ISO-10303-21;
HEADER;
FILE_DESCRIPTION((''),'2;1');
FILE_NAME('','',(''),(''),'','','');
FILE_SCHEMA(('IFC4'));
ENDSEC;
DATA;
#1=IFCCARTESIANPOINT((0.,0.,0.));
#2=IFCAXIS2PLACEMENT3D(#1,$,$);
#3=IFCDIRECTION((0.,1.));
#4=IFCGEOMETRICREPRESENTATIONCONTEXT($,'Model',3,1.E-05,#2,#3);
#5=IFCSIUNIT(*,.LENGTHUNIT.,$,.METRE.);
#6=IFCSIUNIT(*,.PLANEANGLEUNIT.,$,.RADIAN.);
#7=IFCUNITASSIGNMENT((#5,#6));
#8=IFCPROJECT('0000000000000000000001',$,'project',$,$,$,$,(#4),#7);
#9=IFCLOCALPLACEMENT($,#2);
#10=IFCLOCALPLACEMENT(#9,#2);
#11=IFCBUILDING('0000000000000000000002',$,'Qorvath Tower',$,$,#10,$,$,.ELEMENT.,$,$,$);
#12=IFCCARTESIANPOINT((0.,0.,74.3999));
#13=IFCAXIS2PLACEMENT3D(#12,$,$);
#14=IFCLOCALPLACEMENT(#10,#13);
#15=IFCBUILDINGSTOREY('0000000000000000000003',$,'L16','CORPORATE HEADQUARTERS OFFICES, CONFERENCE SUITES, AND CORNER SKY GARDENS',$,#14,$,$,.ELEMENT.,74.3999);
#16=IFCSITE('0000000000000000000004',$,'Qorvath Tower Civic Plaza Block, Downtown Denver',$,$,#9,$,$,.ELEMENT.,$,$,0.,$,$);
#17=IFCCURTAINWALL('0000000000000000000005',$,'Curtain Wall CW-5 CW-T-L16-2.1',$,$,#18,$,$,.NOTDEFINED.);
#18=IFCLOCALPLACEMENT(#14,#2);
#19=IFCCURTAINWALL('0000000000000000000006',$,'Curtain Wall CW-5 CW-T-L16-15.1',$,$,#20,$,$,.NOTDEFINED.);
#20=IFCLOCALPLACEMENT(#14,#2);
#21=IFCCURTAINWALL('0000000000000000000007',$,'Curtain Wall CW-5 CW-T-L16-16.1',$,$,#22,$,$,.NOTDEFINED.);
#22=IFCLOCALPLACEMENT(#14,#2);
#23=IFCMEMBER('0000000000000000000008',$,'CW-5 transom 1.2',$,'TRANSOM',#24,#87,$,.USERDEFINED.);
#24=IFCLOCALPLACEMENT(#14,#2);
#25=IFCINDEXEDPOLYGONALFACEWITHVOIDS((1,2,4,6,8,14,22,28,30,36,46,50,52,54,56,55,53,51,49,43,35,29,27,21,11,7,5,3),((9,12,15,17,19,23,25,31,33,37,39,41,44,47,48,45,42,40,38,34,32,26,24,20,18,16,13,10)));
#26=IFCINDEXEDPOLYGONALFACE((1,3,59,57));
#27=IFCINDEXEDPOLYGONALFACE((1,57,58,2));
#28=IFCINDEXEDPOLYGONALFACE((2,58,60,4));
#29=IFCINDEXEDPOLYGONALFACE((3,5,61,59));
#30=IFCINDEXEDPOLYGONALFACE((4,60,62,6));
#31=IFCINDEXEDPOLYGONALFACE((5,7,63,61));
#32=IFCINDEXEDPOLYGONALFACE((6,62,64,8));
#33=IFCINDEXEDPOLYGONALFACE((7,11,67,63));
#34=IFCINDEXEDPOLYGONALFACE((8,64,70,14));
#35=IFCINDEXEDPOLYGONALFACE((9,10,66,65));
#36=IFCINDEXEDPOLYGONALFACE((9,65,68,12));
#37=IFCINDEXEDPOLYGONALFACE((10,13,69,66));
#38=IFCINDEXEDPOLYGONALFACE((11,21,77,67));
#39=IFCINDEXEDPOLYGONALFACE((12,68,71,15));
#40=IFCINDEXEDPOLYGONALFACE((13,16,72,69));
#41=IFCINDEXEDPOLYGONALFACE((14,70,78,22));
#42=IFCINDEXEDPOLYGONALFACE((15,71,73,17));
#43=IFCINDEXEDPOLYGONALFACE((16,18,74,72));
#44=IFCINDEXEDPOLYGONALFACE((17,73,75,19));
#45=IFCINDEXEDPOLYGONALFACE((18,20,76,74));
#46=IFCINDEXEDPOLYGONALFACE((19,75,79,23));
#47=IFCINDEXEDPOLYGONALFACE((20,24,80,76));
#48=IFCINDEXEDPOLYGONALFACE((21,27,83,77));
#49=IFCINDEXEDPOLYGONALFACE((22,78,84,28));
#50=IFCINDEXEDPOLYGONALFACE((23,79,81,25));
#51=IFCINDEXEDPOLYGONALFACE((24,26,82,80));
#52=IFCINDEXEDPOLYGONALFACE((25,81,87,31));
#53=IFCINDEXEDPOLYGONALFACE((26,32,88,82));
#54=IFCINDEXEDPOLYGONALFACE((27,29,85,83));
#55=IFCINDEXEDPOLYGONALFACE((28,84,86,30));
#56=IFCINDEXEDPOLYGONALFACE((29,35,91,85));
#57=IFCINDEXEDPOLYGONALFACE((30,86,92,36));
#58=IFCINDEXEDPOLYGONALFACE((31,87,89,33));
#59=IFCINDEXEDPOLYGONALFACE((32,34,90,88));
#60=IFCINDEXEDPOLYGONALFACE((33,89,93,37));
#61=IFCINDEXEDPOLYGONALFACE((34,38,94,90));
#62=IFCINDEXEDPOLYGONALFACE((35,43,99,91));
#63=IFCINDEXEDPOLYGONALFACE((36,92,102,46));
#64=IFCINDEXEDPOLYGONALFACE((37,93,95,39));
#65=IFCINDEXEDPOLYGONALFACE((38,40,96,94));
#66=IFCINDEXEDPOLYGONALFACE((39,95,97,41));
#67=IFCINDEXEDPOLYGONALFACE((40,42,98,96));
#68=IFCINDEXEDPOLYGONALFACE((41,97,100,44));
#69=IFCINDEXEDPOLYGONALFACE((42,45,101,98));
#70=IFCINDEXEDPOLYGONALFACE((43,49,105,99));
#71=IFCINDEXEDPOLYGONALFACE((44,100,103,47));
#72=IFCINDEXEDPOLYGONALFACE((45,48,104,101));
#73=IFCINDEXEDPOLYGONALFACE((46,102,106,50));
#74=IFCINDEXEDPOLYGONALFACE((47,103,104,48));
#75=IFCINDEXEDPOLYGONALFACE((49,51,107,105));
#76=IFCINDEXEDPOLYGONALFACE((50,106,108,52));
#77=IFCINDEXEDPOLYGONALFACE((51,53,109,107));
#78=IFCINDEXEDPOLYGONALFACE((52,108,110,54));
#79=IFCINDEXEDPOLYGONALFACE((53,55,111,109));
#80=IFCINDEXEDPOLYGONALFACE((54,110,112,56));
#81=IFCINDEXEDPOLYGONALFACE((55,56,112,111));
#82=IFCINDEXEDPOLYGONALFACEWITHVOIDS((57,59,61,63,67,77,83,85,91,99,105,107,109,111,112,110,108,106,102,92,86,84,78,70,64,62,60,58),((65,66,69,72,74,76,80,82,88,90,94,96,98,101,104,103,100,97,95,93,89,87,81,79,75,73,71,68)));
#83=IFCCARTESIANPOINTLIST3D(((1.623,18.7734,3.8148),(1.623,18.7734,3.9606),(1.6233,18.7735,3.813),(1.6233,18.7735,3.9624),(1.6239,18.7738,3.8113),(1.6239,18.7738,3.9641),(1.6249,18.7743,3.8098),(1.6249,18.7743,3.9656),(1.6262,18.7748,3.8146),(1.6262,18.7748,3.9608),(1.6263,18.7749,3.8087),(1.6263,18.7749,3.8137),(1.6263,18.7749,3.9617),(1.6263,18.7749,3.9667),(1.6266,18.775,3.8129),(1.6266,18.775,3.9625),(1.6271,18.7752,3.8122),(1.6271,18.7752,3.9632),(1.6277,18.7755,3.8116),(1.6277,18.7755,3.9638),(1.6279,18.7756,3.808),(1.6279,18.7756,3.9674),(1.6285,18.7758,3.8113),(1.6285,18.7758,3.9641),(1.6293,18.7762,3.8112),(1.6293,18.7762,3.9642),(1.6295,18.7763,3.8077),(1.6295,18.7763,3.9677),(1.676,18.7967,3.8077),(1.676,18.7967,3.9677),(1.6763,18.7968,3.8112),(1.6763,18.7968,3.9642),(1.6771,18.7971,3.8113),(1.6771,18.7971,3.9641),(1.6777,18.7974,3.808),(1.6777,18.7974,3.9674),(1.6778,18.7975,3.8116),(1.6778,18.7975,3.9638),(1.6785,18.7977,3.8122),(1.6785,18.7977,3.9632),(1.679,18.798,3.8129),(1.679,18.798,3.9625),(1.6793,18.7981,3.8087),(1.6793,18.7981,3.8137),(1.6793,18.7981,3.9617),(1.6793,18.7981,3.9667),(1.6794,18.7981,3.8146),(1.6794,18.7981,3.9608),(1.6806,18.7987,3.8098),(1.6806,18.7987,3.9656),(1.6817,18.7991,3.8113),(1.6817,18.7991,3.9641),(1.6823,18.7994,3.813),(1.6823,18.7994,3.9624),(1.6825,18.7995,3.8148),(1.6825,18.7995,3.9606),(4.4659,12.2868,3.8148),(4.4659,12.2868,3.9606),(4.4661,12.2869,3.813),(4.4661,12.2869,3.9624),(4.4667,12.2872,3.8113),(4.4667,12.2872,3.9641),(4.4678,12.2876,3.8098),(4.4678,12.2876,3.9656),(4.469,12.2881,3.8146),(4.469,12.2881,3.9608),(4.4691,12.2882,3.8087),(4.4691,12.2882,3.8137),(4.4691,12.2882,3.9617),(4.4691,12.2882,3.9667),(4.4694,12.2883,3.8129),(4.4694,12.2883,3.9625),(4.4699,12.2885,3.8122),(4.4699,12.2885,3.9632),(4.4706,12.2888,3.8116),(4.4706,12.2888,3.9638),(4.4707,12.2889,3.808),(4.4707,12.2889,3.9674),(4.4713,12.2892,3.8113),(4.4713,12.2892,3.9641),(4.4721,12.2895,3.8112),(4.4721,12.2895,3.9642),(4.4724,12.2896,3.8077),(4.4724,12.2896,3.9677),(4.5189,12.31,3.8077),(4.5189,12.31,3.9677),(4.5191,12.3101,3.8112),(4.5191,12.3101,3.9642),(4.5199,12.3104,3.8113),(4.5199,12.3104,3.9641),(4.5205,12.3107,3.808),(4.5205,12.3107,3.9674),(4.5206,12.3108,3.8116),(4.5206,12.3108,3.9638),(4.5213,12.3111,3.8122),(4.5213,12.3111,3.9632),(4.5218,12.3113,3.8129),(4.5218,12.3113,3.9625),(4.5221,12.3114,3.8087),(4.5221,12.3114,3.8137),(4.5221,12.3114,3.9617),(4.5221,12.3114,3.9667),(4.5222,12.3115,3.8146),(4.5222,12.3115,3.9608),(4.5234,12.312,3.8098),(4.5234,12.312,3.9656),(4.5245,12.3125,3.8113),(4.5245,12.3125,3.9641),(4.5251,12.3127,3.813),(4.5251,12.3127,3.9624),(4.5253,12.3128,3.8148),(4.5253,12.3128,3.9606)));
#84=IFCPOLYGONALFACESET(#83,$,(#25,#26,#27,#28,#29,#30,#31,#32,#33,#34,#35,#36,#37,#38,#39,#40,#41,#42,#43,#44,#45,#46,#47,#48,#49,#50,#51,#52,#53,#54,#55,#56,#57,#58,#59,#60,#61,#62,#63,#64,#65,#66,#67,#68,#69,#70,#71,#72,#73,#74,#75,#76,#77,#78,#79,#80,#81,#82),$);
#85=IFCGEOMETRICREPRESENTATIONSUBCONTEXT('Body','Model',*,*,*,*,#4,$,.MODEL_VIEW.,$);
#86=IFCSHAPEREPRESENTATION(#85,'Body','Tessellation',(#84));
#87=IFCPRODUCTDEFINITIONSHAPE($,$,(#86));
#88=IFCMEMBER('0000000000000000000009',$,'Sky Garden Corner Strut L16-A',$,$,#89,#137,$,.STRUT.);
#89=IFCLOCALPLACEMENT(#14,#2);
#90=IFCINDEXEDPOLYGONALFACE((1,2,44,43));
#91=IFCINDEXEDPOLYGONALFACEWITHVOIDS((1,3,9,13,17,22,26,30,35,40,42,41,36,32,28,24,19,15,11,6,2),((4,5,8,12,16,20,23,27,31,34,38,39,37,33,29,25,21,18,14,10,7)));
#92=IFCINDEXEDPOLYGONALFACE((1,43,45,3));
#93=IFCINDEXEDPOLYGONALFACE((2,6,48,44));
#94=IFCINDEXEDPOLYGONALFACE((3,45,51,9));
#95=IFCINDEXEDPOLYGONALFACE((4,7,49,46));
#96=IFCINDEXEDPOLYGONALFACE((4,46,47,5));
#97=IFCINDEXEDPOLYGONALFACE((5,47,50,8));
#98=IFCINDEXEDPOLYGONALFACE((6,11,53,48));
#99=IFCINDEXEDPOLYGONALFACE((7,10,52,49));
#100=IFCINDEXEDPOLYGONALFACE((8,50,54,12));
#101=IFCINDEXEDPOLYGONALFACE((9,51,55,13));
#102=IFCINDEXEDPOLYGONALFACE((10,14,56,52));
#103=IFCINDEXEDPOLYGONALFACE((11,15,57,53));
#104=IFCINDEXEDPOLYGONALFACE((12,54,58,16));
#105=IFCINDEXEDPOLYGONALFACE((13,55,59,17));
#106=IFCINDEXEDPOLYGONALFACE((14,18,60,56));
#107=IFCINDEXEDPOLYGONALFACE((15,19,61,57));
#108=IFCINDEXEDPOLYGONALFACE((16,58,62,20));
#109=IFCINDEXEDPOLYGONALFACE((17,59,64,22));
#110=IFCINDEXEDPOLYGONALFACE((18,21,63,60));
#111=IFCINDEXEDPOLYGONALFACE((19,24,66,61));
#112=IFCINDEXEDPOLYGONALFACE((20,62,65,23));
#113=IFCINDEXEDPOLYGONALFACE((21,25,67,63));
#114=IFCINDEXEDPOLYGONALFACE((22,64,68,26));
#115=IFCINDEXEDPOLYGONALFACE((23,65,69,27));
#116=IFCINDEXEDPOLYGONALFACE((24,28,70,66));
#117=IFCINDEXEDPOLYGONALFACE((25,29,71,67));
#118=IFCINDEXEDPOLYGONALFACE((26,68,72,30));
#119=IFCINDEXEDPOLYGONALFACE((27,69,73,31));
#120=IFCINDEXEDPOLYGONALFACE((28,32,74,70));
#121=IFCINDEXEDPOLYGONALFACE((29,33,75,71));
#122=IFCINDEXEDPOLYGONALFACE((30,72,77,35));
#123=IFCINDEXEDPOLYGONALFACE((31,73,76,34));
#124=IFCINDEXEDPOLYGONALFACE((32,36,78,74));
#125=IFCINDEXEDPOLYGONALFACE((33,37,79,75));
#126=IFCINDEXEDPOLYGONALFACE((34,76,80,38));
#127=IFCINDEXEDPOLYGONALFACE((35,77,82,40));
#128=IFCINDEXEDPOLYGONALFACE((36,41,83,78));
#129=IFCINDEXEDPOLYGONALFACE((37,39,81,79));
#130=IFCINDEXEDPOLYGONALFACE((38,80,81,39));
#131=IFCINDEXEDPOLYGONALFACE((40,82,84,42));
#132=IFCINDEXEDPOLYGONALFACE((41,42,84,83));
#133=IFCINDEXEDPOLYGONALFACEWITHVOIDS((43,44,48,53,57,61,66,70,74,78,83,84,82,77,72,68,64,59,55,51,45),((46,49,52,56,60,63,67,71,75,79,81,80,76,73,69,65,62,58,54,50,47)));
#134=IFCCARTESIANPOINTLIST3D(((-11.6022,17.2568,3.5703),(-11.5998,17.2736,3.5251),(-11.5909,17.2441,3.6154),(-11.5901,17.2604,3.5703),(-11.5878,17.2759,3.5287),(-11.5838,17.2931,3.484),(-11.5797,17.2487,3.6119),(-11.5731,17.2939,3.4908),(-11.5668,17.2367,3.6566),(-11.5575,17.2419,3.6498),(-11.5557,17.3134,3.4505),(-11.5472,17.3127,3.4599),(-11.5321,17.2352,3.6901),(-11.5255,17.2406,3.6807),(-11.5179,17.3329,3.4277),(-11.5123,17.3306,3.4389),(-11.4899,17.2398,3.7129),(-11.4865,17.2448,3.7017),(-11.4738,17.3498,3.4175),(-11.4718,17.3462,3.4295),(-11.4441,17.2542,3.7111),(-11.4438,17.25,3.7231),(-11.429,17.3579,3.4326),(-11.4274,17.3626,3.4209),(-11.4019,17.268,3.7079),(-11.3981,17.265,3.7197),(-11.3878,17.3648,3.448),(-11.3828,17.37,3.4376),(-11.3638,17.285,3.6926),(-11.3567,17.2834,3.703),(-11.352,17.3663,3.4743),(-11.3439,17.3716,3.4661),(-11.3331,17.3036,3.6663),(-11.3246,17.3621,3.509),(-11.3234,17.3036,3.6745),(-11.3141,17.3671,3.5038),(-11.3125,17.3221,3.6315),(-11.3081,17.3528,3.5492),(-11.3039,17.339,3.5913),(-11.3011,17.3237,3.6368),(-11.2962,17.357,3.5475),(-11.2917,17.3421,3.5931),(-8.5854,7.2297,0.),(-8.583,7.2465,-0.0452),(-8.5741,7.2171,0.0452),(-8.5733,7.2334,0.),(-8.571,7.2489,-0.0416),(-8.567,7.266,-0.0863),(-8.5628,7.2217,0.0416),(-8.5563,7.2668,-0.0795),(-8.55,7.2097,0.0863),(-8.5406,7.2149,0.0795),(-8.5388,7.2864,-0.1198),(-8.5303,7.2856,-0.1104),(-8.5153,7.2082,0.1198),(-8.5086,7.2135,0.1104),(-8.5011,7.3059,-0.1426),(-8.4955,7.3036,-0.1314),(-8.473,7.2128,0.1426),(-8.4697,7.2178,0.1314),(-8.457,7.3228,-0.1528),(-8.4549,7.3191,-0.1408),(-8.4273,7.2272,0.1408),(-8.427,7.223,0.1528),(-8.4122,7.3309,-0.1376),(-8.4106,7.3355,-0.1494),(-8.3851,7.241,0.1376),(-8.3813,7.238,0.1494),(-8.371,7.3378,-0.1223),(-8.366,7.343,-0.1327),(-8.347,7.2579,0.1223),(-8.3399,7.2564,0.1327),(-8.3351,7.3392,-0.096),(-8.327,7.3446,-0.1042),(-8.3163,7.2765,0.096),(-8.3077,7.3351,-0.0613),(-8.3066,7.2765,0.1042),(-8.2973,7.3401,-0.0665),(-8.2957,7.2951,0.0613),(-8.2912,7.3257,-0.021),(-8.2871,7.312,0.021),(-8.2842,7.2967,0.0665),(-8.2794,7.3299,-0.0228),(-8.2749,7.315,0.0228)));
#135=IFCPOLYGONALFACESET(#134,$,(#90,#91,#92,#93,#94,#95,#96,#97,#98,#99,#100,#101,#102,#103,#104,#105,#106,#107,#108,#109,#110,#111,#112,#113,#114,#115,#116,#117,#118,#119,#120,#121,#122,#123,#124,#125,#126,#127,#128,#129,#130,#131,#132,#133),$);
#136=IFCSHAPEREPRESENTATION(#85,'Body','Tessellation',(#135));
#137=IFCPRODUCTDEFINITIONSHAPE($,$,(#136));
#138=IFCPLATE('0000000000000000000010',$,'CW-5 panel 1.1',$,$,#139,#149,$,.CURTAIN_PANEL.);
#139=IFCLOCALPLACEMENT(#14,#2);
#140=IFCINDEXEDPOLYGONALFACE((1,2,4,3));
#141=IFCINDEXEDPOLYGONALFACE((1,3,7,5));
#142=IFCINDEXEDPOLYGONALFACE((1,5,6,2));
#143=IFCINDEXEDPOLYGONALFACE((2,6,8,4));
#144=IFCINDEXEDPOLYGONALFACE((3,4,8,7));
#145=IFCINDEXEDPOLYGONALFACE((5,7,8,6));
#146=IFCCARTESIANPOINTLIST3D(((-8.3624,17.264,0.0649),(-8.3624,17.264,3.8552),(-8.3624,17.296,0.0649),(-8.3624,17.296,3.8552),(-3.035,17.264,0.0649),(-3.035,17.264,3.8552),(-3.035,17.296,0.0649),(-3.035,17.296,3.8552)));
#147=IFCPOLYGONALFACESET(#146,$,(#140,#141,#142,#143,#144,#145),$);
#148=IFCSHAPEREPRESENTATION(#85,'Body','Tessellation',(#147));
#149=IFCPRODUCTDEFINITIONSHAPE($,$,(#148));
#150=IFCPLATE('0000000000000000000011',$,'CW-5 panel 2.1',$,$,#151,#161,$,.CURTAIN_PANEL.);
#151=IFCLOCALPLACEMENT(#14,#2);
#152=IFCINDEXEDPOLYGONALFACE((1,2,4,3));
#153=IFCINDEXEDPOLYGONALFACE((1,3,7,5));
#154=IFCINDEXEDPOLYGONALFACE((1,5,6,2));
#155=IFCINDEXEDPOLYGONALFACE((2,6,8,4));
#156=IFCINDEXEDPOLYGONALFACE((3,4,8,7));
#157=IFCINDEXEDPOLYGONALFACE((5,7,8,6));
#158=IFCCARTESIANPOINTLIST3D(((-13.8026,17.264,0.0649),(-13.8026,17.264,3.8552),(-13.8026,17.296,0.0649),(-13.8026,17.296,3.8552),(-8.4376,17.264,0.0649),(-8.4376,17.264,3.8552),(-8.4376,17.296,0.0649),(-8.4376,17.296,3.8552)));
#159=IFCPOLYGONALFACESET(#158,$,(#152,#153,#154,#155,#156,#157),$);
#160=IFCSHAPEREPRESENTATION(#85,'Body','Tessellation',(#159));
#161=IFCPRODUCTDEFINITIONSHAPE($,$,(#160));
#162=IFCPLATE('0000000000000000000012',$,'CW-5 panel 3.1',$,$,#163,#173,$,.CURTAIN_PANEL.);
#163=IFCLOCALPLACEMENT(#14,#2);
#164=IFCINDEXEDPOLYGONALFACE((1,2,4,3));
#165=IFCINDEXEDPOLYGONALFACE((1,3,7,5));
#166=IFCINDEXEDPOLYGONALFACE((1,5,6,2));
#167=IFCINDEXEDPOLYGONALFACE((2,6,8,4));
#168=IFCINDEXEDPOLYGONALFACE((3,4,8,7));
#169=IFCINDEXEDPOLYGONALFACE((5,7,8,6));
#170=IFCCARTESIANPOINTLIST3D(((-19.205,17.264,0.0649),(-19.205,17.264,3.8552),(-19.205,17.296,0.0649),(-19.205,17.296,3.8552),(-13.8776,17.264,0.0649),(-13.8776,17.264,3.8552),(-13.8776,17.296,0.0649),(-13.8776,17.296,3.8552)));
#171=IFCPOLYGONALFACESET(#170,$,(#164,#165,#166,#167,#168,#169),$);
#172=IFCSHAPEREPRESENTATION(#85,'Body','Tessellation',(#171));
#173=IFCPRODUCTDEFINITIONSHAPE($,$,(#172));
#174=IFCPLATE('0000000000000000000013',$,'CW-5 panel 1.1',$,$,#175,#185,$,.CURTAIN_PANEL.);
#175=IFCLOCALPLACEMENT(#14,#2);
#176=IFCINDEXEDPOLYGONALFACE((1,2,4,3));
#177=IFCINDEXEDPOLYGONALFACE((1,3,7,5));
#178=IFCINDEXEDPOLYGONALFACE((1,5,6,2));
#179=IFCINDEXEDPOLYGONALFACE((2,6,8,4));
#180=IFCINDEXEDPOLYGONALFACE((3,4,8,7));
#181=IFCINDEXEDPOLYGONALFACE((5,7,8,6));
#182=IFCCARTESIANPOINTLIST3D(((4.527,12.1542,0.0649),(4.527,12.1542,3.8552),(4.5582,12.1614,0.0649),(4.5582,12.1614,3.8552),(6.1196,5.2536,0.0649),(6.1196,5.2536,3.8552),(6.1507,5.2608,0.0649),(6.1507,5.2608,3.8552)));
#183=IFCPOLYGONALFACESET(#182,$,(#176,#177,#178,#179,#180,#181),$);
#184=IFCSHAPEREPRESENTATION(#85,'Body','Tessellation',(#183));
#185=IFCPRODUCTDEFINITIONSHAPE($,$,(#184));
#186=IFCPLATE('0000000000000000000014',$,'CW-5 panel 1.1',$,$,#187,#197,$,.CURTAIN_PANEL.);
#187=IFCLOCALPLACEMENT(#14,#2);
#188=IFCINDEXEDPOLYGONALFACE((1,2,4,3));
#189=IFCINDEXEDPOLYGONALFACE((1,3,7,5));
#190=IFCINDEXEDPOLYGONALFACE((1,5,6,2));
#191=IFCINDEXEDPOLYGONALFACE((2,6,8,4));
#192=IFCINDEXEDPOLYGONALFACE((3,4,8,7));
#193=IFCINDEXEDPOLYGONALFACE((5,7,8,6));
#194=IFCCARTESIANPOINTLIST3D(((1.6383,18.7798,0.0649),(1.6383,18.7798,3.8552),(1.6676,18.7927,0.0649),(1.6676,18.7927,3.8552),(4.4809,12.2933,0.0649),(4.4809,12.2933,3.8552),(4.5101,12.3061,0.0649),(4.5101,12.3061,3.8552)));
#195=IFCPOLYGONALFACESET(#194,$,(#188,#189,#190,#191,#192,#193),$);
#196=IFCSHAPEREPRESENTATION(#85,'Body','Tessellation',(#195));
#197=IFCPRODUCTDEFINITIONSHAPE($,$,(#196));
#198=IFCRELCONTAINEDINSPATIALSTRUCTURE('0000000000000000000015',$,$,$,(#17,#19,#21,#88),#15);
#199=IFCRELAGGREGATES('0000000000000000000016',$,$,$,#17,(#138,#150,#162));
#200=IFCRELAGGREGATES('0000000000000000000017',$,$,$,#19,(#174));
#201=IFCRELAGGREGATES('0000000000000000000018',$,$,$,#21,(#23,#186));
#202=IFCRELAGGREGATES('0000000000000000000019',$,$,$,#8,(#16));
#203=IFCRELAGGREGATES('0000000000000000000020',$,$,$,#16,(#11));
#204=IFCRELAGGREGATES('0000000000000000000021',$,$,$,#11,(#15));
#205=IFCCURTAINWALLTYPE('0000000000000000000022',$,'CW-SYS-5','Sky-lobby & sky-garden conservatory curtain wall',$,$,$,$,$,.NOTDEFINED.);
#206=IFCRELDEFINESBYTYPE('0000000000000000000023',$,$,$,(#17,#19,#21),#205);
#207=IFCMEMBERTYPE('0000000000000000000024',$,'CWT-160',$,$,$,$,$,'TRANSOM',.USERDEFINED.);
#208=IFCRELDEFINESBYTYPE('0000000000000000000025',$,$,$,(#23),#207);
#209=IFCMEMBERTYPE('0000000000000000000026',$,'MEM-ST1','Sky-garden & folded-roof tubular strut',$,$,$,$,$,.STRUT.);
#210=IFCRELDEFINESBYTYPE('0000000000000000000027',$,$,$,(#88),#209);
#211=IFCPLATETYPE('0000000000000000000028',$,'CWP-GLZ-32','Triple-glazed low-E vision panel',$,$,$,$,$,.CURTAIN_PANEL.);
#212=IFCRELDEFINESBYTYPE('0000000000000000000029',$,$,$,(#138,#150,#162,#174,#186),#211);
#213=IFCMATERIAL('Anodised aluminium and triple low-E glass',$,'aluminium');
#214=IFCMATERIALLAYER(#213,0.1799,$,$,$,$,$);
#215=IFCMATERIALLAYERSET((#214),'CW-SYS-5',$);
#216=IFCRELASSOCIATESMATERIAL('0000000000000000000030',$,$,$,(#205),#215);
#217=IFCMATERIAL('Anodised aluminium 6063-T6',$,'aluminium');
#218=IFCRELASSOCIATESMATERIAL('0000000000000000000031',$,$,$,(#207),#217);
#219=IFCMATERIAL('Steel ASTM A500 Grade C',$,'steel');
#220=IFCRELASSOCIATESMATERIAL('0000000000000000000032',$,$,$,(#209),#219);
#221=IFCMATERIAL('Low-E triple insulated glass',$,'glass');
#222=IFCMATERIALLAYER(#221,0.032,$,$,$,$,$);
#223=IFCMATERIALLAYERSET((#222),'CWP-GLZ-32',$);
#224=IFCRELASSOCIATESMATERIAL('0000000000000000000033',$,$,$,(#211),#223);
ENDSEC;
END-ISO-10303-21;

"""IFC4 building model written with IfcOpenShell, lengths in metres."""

from ifc_helpers import new_model, si_unit, direction, frame, origin, origin_2d, place, context, subcontext, project, spatial, rectangle, hollow_rectangle, hollow_circle, extrude, material, layer, layer_set, material_profile, profile_set, type_object, element, aggregate, save


model = new_model("IFC4")

# Units and contexts
model_context = context("Model", 3, precision=1e-05, world=origin(), true_north=direction((0.0, 1.0)))
body_context = subcontext(model_context, "Body", "Model", "MODEL_VIEW")
ifc_project = project(units=[si_unit("LENGTHUNIT", "METRE"), si_unit("PLANEANGLEUNIT", "RADIAN")], contexts=[model_context])

# Site, building, storey
site_placement = place(None, origin())
site = spatial("IfcSite", under=ifc_project, at=site_placement, Name="Qorvath Tower Civic Plaza Block, Downtown Denver", CompositionType="ELEMENT", RefElevation=0.0)
building_placement = place(site_placement, origin())
building = spatial("IfcBuilding", under=site, at=building_placement, Name="Qorvath Tower", CompositionType="ELEMENT")
storey_placement = place(building_placement, frame((0.0, 0.0, 74.3999)))
storey = spatial("IfcBuildingStorey", under=building, at=storey_placement, Name="L16", Description="CORPORATE HEADQUARTERS OFFICES, CONFERENCE SUITES, AND CORNER SKY GARDENS", CompositionType="ELEMENT", Elevation=74.3999)

# Curtain wall
ifc_material_1 = material(Name="Anodised aluminium and triple low-E glass", Category="aluminium")
ifc_layer_1 = layer(ifc_material_1, 0.1799)
ifc_layer_set_1 = layer_set([ifc_layer_1], Name="CW-SYS-5")
curtain_wall_type = type_object("IfcCurtainWallType", Name="CW-SYS-5", Description="Sky-lobby & sky-garden conservatory curtain wall", PredefinedType="NOTDEFINED", material=ifc_layer_set_1)
curtain_wall_1_placement = place(storey_placement, origin())
curtain_wall_1 = element("IfcCurtainWall", 1, at=curtain_wall_1_placement, inside=storey, type_object=curtain_wall_type, Name="Curtain Wall CW-5 CW-T-L16-2.1", PredefinedType="NOTDEFINED")

# Curtain walls
curtain_wall_2_placement = place(storey_placement, origin())
curtain_wall_2 = element("IfcCurtainWall", 2, at=curtain_wall_2_placement, inside=storey, type_object=curtain_wall_type, Name="Curtain Wall CW-5 CW-T-L16-15.1", PredefinedType="NOTDEFINED")
curtain_wall_3_placement = place(storey_placement, origin())
curtain_wall_3 = element("IfcCurtainWall", 3, at=curtain_wall_3_placement, inside=storey, type_object=curtain_wall_type, Name="Curtain Wall CW-5 CW-T-L16-16.1", PredefinedType="NOTDEFINED")

# Members
ifc_material_2 = material(Name="Anodised aluminium 6063-T6", Category="aluminium")
ifc_material_profile_1 = material_profile(ifc_material_2, hollow_rectangle(XDim=0.0649, YDim=0.1599, WallThickness=0.0034, InnerFilletRadius=0.0034, OuterFilletRadius=0.0071, at=origin_2d()), Name="CWT 160x65")
ifc_profile_set_1 = profile_set([ifc_material_profile_1], Name="Anodised aluminium 6063-T6")
member_type_1 = type_object("IfcMemberType", Name="CWT-160", ElementType="TRANSOM", PredefinedType="USERDEFINED", material=ifc_profile_set_1)
member_1_placement = place(storey_placement, frame((4.4956, 12.2998, 3.8877), z_axis=(-0.401399, 0.915903, 0.0), x_axis=(-0.915903, -0.401399, 0.0)))
member_1 = element("IfcMember", 4, at=member_1_placement, type_object=member_type_1, Name="CW-5 transom 1.2", ObjectType="TRANSOM", PredefinedType="USERDEFINED", context=body_context, shape_type="SweptSolid", body=[
    extrude(hollow_rectangle(XDim=0.0649, YDim=0.1599, WallThickness=0.0034, InnerFilletRadius=0.0034, OuterFilletRadius=0.0071, at=origin_2d()), origin(), (0.0, 0.0, 1.0), 7.0823),
])
ifc_material_3 = material(Name="Steel ASTM A500 Grade C", Category="steel")
ifc_material_profile_2 = material_profile(ifc_material_3, hollow_circle(Radius=0.1619, WallThickness=0.0127, at=origin_2d()), Name="CHS 324x12.7")
ifc_profile_set_2 = profile_set([ifc_material_profile_2], Name="Steel ASTM A500 Grade C")
member_type_2 = type_object("IfcMemberType", Name="MEM-ST1", Description="Sky-garden & folded-roof tubular strut", PredefinedType="STRUT", material=ifc_profile_set_2)
member_2_placement = place(storey_placement, frame((-8.4304, 7.2764, 0.0), z_axis=(-0.272696, 0.906359, 0.322724), x_axis=(-0.957597, -0.288111, 0.0)))
element("IfcMember", 5, at=member_2_placement, inside=storey, type_object=member_type_2, Name="Sky Garden Corner Strut L16-A", PredefinedType="STRUT", context=body_context, shape_type="SweptSolid", body=[
    extrude(hollow_circle(Radius=0.1619, WallThickness=0.0127, at=origin_2d()), origin(), (0.0, 0.0, 1.0), 11.063),
])

# Plates
ifc_material_4 = material(Name="Low-E triple insulated glass", Category="glass")
ifc_layer_2 = layer(ifc_material_4, 0.032)
ifc_layer_set_2 = layer_set([ifc_layer_2], Name="CWP-GLZ-32")
plate_type_1 = type_object("IfcPlateType", Name="CWP-GLZ-32", Description="Triple-glazed low-E vision panel", PredefinedType="CURTAIN_PANEL", material=ifc_layer_set_2)
plate_1_placement = place(storey_placement, frame((-5.6987, 17.28, 0.0649), z_axis=(0.0, 0.0, 1.0), x_axis=(-1.0, 0.0, 0.0)))
plate_1 = element("IfcPlate", 6, at=plate_1_placement, type_object=plate_type_1, Name="CW-5 panel 1.1", PredefinedType="CURTAIN_PANEL", context=body_context, shape_type="SweptSolid", body=[
    extrude(rectangle(XDim=5.3274, YDim=0.032, at=origin_2d()), origin(), (0.0, 0.0, 1.0), 3.7903),
])
plate_2_placement = place(storey_placement, frame((-11.1201, 17.28, 0.0649), z_axis=(0.0, 0.0, 1.0), x_axis=(-1.0, 0.0, 0.0)))
plate_2 = element("IfcPlate", 7, at=plate_2_placement, type_object=plate_type_1, Name="CW-5 panel 2.1", PredefinedType="CURTAIN_PANEL", context=body_context, shape_type="SweptSolid", body=[
    extrude(rectangle(XDim=5.365, YDim=0.032, at=origin_2d()), origin(), (0.0, 0.0, 1.0), 3.7903),
])
plate_3_placement = place(storey_placement, frame((-16.5413, 17.28, 0.0649), z_axis=(0.0, 0.0, 1.0), x_axis=(-1.0, 0.0, 0.0)))
plate_3 = element("IfcPlate", 8, at=plate_3_placement, type_object=plate_type_1, Name="CW-5 panel 3.1", PredefinedType="CURTAIN_PANEL", context=body_context, shape_type="SweptSolid", body=[
    extrude(rectangle(XDim=5.3274, YDim=0.032, at=origin_2d()), origin(), (0.0, 0.0, 1.0), 3.7903),
])
aggregate(curtain_wall_1, [plate_1, plate_2, plate_3])
plate_4_placement = place(storey_placement, frame((5.3389, 8.7075, 0.0649), z_axis=(0.0, 0.0, 1.0), x_axis=(-0.224872, 0.974388, 0.0)))
plate_4 = element("IfcPlate", 9, at=plate_4_placement, type_object=plate_type_1, Name="CW-5 panel 1.1", PredefinedType="CURTAIN_PANEL", context=body_context, shape_type="SweptSolid", body=[
    extrude(rectangle(XDim=7.082, YDim=0.032, at=origin_2d()), origin(), (0.0, 0.0, 1.0), 3.7903),
])
aggregate(curtain_wall_2, [plate_4])
plate_5_placement = place(storey_placement, frame((3.0742, 15.543, 0.0649), z_axis=(0.0, 0.0, 1.0), x_axis=(-0.401376, 0.915913, 0.0)))
plate_5 = element("IfcPlate", 10, at=plate_5_placement, type_object=plate_type_1, Name="CW-5 panel 1.1", PredefinedType="CURTAIN_PANEL", context=body_context, shape_type="SweptSolid", body=[
    extrude(rectangle(XDim=7.082, YDim=0.032, at=origin_2d()), origin(), (0.0, 0.0, 1.0), 3.7903),
])
aggregate(curtain_wall_3, [member_1, plate_5])

save(model, "model.ifc")
